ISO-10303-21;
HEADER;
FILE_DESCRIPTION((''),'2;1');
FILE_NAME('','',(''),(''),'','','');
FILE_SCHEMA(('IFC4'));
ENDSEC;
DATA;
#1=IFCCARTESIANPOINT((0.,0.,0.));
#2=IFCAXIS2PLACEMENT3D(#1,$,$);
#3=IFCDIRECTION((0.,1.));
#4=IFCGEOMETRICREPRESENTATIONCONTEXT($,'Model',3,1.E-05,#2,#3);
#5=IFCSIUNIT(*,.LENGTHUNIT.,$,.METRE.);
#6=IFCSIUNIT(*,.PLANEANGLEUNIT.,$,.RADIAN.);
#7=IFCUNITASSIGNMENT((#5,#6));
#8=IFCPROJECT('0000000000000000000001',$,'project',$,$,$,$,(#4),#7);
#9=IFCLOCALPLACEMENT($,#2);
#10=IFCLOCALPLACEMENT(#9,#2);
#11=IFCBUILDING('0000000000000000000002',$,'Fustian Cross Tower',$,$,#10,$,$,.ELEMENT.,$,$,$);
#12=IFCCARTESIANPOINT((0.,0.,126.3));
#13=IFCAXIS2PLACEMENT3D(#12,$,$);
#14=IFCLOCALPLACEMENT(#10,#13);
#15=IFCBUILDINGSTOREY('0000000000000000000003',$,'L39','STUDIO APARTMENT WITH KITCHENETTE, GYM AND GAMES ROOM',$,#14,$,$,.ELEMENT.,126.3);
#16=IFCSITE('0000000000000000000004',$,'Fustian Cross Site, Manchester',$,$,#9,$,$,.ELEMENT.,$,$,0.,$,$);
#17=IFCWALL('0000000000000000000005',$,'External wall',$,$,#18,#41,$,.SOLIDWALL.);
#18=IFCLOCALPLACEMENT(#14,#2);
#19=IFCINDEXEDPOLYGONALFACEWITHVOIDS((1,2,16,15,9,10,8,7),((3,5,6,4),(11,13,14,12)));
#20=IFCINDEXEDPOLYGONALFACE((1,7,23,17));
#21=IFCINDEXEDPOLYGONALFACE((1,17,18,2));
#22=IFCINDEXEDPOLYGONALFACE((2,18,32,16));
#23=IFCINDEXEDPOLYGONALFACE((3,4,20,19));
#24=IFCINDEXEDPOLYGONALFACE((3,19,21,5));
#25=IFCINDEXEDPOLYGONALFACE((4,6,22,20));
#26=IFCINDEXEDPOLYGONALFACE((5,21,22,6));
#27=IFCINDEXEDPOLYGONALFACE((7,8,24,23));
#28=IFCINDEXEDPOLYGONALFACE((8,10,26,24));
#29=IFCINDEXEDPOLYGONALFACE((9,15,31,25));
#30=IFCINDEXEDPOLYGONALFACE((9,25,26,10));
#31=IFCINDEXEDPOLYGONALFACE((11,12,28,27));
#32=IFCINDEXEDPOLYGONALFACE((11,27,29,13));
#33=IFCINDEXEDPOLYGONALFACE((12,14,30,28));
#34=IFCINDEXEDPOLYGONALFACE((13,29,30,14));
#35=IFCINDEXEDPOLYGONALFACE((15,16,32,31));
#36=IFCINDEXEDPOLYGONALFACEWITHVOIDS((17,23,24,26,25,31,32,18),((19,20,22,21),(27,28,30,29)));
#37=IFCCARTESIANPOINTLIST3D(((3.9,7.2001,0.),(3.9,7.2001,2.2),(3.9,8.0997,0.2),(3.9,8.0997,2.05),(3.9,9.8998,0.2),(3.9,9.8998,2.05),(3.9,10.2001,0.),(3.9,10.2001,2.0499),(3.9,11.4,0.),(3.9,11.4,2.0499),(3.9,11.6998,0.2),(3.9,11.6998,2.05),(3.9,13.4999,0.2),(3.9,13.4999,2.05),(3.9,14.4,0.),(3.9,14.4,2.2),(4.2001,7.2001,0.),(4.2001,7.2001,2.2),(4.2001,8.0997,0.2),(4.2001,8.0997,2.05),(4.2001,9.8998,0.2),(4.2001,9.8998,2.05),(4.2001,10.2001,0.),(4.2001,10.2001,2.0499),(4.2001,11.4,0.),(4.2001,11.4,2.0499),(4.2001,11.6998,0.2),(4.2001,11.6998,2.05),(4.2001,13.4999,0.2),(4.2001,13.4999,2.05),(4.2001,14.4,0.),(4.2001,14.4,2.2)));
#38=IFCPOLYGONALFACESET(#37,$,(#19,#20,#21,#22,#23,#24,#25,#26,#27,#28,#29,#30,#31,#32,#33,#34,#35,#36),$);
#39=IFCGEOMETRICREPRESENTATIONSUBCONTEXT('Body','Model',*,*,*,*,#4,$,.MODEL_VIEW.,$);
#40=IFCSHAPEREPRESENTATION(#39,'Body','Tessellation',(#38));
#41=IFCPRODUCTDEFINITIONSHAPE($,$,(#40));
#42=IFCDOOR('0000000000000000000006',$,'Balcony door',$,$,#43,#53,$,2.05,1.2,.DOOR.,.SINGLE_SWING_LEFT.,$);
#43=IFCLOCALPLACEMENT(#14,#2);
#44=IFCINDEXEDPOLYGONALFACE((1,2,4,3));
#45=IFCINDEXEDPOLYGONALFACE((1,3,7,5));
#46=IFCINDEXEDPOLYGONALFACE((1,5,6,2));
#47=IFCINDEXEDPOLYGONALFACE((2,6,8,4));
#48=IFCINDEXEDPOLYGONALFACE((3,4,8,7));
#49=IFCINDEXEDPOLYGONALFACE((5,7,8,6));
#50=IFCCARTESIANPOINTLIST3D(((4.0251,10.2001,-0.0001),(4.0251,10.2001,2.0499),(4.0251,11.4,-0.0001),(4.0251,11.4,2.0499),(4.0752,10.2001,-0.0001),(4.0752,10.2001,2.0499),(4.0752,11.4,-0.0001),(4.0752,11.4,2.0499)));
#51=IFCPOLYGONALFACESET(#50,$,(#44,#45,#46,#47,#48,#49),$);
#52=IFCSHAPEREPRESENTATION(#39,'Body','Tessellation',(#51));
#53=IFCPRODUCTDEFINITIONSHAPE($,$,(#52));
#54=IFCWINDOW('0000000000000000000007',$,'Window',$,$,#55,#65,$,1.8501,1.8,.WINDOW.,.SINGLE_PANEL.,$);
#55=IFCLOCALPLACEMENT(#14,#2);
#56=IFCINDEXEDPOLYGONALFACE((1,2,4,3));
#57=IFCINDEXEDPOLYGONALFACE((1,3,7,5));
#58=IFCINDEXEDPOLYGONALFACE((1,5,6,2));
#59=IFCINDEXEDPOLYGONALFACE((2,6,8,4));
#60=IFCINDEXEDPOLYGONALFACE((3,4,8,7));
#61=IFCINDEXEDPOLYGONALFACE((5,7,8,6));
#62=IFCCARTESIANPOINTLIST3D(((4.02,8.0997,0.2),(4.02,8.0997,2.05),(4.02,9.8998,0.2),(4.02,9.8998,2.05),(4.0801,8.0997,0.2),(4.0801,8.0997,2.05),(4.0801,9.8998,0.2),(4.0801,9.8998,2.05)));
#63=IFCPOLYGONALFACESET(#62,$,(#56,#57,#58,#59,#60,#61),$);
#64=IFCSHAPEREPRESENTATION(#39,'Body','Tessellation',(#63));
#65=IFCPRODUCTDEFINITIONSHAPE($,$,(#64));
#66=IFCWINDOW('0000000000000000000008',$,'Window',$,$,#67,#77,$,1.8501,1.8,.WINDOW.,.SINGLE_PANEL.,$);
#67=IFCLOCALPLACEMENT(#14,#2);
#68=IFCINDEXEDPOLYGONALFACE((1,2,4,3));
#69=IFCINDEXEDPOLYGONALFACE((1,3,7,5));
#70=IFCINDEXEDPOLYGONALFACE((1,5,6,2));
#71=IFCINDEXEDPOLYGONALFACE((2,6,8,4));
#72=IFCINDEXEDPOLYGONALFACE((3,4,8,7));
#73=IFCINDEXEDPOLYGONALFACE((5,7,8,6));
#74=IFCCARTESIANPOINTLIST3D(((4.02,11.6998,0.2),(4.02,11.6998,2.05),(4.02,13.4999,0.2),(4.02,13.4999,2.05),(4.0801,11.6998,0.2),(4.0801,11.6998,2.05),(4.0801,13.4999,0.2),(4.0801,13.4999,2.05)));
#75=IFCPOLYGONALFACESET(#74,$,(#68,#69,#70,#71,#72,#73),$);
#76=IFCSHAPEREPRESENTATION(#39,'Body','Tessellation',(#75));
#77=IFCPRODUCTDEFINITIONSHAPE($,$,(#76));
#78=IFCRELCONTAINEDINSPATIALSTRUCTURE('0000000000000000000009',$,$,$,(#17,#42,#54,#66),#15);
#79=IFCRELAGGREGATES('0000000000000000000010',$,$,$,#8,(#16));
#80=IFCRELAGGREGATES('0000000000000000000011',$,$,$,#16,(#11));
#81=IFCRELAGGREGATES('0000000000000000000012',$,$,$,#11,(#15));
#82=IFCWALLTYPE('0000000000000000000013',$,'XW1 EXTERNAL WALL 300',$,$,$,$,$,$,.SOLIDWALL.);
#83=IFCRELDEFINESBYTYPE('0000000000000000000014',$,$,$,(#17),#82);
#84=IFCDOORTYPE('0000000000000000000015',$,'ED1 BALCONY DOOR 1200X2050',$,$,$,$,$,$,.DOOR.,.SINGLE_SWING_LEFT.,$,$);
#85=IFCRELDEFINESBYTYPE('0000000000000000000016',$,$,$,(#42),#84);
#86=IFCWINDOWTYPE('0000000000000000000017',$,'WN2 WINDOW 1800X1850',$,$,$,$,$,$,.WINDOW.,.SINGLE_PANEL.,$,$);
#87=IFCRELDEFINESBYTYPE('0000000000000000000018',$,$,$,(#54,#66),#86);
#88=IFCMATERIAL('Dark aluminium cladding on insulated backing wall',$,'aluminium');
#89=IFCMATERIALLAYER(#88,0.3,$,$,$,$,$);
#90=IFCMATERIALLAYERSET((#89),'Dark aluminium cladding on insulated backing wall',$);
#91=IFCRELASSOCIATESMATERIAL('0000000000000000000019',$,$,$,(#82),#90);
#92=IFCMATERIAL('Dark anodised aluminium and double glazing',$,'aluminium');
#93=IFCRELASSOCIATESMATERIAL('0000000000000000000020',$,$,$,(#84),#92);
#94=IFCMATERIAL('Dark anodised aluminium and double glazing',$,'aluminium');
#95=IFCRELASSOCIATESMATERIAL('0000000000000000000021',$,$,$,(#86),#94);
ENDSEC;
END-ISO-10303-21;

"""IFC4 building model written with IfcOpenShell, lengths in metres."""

from ifc_helpers import new_model, si_unit, direction, frame, frame_2d, origin, place, context, subcontext, project, spatial, rectangle, extrude, material, layer, layer_set, type_object, element, fill, save


model = new_model("IFC4")

# Units and contexts
model_context = context("Model", 3, precision=1e-05, world=origin(), true_north=direction((0.0, 1.0)))
body_context = subcontext(model_context, "Body", "Model", "MODEL_VIEW")
ifc_project = project(units=[si_unit("LENGTHUNIT", "METRE"), si_unit("PLANEANGLEUNIT", "RADIAN")], contexts=[model_context])

# Site, building, storey
site_placement = place(None, origin())
site = spatial("IfcSite", under=ifc_project, at=site_placement, Name="Fustian Cross Site, Manchester", CompositionType="ELEMENT", RefElevation=0.0)
building_placement = place(site_placement, origin())
building = spatial("IfcBuilding", under=site, at=building_placement, Name="Fustian Cross Tower", CompositionType="ELEMENT")
storey_placement = place(building_placement, frame((0.0, 0.0, 126.3)))
storey = spatial("IfcBuildingStorey", under=building, at=storey_placement, Name="L39", Description="STUDIO APARTMENT WITH KITCHENETTE, GYM AND GAMES ROOM", CompositionType="ELEMENT", Elevation=126.3)

# Shared definitions
ifc_material_1 = material(Name="Dark aluminium cladding on insulated backing wall", Category="aluminium")
ifc_layer_1 = layer(ifc_material_1, 0.3)
ifc_layer_set_1 = layer_set([ifc_layer_1], Name="Dark aluminium cladding on insulated backing wall")
wall_type_1 = type_object("IfcWallType", Name="XW1 EXTERNAL WALL 300", PredefinedType="SOLIDWALL", material=ifc_layer_set_1)

# Wall, openings, door, windows
wall_1_placement = place(storey_placement, frame((4.05, 7.2, 0.0), z_axis=(0.0, 0.0, 1.0), x_axis=(0.0, 1.0, 0.0)))
wall_1 = element("IfcWall", 1, at=wall_1_placement, inside=storey, type_object=wall_type_1, Name="External wall", PredefinedType="SOLIDWALL", context=body_context, shape_type="SweptSolid", body=[
    extrude(rectangle(XDim=7.2, YDim=0.3, at=frame_2d((3.6001, 0.0))), origin(), (0.0, 0.0, 1.0), 2.2),
])
opening_1_placement = place(wall_1_placement, frame((3.0, 0.0, 0.0)))
opening_1 = element("IfcOpeningElement", 2, at=opening_1_placement, cuts=wall_1, PredefinedType="OPENING", context=body_context, shape_type="SweptSolid", body=[
    extrude(rectangle(XDim=1.2, YDim=2.05, at=frame_2d((0.6001, 1.0249))), frame((0.0, 0.1599, 0.0), z_axis=(0.0, -1.0, 0.0), x_axis=(1.0, 0.0, 0.0)), (0.0, 0.0, 1.0), 0.3201),
])
opening_2_placement = place(wall_1_placement, frame((0.8999, 0.0, 0.2)))
opening_2 = element("IfcOpeningElement", 3, at=opening_2_placement, cuts=wall_1, PredefinedType="OPENING", context=body_context, shape_type="SweptSolid", body=[
    extrude(rectangle(XDim=1.8, YDim=1.8501, at=frame_2d((0.8999, 0.925))), frame((0.0, 0.1599, 0.0), z_axis=(0.0, -1.0, 0.0), x_axis=(1.0, 0.0, 0.0)), (0.0, 0.0, 1.0), 0.3201),
])
opening_3_placement = place(wall_1_placement, frame((4.5, 0.0, 0.2)))
opening_3 = element("IfcOpeningElement", 4, at=opening_3_placement, cuts=wall_1, PredefinedType="OPENING", context=body_context, shape_type="SweptSolid", body=[
    extrude(rectangle(XDim=1.8, YDim=1.8501, at=frame_2d((0.8999, 0.925))), frame((0.0, 0.1599, 0.0), z_axis=(0.0, -1.0, 0.0), x_axis=(1.0, 0.0, 0.0)), (0.0, 0.0, 1.0), 0.3201),
])
ifc_material_2 = material(Name="Dark anodised aluminium and double glazing", Category="aluminium")
door_type_1 = type_object("IfcDoorType", Name="ED1 BALCONY DOOR 1200X2050", OperationType="SINGLE_SWING_LEFT", PredefinedType="DOOR", material=ifc_material_2)
door_1_placement = place(opening_1_placement, origin())
door_1 = element("IfcDoor", 5, at=door_1_placement, inside=storey, type_object=door_type_1, Name="Balcony door", OperationType="SINGLE_SWING_LEFT", OverallHeight=2.05, OverallWidth=1.2, PredefinedType="DOOR", context=body_context, shape_type="SweptSolid", body=[
    extrude(rectangle(XDim=1.2, YDim=2.05, at=frame_2d((0.6001, 1.0249))), frame((0.0, 0.0249, 0.0), z_axis=(0.0, -1.0, 0.0), x_axis=(1.0, 0.0, 0.0)), (0.0, 0.0, 1.0), 0.05),
])
fill(opening_1, door_1)
ifc_material_3 = material(Name="Dark anodised aluminium and double glazing", Category="aluminium")
window_type = type_object("IfcWindowType", Name="WN2 WINDOW 1800X1850", PartitioningType="SINGLE_PANEL", PredefinedType="WINDOW", material=ifc_material_3)
window_1_placement = place(opening_2_placement, origin())
window_1 = element("IfcWindow", 6, at=window_1_placement, inside=storey, type_object=window_type, Name="Window", OverallHeight=1.8501, OverallWidth=1.8, PartitioningType="SINGLE_PANEL", PredefinedType="WINDOW", context=body_context, shape_type="SweptSolid", body=[
    extrude(rectangle(XDim=1.8, YDim=1.8501, at=frame_2d((0.8999, 0.925))), frame((0.0, 0.03, 0.0), z_axis=(0.0, -1.0, 0.0), x_axis=(1.0, 0.0, 0.0)), (0.0, 0.0, 1.0), 0.0601),
])
fill(opening_2, window_1)
window_2_placement = place(opening_3_placement, origin())
window_2 = element("IfcWindow", 7, at=window_2_placement, inside=storey, type_object=window_type, Name="Window", OverallHeight=1.8501, OverallWidth=1.8, PartitioningType="SINGLE_PANEL", PredefinedType="WINDOW", context=body_context, shape_type="SweptSolid", body=[
    extrude(rectangle(XDim=1.8, YDim=1.8501, at=frame_2d((0.8999, 0.925))), frame((0.0, 0.03, 0.0), z_axis=(0.0, -1.0, 0.0), x_axis=(1.0, 0.0, 0.0)), (0.0, 0.0, 1.0), 0.0601),
])
fill(opening_3, window_2)

save(model, "model.ifc")
